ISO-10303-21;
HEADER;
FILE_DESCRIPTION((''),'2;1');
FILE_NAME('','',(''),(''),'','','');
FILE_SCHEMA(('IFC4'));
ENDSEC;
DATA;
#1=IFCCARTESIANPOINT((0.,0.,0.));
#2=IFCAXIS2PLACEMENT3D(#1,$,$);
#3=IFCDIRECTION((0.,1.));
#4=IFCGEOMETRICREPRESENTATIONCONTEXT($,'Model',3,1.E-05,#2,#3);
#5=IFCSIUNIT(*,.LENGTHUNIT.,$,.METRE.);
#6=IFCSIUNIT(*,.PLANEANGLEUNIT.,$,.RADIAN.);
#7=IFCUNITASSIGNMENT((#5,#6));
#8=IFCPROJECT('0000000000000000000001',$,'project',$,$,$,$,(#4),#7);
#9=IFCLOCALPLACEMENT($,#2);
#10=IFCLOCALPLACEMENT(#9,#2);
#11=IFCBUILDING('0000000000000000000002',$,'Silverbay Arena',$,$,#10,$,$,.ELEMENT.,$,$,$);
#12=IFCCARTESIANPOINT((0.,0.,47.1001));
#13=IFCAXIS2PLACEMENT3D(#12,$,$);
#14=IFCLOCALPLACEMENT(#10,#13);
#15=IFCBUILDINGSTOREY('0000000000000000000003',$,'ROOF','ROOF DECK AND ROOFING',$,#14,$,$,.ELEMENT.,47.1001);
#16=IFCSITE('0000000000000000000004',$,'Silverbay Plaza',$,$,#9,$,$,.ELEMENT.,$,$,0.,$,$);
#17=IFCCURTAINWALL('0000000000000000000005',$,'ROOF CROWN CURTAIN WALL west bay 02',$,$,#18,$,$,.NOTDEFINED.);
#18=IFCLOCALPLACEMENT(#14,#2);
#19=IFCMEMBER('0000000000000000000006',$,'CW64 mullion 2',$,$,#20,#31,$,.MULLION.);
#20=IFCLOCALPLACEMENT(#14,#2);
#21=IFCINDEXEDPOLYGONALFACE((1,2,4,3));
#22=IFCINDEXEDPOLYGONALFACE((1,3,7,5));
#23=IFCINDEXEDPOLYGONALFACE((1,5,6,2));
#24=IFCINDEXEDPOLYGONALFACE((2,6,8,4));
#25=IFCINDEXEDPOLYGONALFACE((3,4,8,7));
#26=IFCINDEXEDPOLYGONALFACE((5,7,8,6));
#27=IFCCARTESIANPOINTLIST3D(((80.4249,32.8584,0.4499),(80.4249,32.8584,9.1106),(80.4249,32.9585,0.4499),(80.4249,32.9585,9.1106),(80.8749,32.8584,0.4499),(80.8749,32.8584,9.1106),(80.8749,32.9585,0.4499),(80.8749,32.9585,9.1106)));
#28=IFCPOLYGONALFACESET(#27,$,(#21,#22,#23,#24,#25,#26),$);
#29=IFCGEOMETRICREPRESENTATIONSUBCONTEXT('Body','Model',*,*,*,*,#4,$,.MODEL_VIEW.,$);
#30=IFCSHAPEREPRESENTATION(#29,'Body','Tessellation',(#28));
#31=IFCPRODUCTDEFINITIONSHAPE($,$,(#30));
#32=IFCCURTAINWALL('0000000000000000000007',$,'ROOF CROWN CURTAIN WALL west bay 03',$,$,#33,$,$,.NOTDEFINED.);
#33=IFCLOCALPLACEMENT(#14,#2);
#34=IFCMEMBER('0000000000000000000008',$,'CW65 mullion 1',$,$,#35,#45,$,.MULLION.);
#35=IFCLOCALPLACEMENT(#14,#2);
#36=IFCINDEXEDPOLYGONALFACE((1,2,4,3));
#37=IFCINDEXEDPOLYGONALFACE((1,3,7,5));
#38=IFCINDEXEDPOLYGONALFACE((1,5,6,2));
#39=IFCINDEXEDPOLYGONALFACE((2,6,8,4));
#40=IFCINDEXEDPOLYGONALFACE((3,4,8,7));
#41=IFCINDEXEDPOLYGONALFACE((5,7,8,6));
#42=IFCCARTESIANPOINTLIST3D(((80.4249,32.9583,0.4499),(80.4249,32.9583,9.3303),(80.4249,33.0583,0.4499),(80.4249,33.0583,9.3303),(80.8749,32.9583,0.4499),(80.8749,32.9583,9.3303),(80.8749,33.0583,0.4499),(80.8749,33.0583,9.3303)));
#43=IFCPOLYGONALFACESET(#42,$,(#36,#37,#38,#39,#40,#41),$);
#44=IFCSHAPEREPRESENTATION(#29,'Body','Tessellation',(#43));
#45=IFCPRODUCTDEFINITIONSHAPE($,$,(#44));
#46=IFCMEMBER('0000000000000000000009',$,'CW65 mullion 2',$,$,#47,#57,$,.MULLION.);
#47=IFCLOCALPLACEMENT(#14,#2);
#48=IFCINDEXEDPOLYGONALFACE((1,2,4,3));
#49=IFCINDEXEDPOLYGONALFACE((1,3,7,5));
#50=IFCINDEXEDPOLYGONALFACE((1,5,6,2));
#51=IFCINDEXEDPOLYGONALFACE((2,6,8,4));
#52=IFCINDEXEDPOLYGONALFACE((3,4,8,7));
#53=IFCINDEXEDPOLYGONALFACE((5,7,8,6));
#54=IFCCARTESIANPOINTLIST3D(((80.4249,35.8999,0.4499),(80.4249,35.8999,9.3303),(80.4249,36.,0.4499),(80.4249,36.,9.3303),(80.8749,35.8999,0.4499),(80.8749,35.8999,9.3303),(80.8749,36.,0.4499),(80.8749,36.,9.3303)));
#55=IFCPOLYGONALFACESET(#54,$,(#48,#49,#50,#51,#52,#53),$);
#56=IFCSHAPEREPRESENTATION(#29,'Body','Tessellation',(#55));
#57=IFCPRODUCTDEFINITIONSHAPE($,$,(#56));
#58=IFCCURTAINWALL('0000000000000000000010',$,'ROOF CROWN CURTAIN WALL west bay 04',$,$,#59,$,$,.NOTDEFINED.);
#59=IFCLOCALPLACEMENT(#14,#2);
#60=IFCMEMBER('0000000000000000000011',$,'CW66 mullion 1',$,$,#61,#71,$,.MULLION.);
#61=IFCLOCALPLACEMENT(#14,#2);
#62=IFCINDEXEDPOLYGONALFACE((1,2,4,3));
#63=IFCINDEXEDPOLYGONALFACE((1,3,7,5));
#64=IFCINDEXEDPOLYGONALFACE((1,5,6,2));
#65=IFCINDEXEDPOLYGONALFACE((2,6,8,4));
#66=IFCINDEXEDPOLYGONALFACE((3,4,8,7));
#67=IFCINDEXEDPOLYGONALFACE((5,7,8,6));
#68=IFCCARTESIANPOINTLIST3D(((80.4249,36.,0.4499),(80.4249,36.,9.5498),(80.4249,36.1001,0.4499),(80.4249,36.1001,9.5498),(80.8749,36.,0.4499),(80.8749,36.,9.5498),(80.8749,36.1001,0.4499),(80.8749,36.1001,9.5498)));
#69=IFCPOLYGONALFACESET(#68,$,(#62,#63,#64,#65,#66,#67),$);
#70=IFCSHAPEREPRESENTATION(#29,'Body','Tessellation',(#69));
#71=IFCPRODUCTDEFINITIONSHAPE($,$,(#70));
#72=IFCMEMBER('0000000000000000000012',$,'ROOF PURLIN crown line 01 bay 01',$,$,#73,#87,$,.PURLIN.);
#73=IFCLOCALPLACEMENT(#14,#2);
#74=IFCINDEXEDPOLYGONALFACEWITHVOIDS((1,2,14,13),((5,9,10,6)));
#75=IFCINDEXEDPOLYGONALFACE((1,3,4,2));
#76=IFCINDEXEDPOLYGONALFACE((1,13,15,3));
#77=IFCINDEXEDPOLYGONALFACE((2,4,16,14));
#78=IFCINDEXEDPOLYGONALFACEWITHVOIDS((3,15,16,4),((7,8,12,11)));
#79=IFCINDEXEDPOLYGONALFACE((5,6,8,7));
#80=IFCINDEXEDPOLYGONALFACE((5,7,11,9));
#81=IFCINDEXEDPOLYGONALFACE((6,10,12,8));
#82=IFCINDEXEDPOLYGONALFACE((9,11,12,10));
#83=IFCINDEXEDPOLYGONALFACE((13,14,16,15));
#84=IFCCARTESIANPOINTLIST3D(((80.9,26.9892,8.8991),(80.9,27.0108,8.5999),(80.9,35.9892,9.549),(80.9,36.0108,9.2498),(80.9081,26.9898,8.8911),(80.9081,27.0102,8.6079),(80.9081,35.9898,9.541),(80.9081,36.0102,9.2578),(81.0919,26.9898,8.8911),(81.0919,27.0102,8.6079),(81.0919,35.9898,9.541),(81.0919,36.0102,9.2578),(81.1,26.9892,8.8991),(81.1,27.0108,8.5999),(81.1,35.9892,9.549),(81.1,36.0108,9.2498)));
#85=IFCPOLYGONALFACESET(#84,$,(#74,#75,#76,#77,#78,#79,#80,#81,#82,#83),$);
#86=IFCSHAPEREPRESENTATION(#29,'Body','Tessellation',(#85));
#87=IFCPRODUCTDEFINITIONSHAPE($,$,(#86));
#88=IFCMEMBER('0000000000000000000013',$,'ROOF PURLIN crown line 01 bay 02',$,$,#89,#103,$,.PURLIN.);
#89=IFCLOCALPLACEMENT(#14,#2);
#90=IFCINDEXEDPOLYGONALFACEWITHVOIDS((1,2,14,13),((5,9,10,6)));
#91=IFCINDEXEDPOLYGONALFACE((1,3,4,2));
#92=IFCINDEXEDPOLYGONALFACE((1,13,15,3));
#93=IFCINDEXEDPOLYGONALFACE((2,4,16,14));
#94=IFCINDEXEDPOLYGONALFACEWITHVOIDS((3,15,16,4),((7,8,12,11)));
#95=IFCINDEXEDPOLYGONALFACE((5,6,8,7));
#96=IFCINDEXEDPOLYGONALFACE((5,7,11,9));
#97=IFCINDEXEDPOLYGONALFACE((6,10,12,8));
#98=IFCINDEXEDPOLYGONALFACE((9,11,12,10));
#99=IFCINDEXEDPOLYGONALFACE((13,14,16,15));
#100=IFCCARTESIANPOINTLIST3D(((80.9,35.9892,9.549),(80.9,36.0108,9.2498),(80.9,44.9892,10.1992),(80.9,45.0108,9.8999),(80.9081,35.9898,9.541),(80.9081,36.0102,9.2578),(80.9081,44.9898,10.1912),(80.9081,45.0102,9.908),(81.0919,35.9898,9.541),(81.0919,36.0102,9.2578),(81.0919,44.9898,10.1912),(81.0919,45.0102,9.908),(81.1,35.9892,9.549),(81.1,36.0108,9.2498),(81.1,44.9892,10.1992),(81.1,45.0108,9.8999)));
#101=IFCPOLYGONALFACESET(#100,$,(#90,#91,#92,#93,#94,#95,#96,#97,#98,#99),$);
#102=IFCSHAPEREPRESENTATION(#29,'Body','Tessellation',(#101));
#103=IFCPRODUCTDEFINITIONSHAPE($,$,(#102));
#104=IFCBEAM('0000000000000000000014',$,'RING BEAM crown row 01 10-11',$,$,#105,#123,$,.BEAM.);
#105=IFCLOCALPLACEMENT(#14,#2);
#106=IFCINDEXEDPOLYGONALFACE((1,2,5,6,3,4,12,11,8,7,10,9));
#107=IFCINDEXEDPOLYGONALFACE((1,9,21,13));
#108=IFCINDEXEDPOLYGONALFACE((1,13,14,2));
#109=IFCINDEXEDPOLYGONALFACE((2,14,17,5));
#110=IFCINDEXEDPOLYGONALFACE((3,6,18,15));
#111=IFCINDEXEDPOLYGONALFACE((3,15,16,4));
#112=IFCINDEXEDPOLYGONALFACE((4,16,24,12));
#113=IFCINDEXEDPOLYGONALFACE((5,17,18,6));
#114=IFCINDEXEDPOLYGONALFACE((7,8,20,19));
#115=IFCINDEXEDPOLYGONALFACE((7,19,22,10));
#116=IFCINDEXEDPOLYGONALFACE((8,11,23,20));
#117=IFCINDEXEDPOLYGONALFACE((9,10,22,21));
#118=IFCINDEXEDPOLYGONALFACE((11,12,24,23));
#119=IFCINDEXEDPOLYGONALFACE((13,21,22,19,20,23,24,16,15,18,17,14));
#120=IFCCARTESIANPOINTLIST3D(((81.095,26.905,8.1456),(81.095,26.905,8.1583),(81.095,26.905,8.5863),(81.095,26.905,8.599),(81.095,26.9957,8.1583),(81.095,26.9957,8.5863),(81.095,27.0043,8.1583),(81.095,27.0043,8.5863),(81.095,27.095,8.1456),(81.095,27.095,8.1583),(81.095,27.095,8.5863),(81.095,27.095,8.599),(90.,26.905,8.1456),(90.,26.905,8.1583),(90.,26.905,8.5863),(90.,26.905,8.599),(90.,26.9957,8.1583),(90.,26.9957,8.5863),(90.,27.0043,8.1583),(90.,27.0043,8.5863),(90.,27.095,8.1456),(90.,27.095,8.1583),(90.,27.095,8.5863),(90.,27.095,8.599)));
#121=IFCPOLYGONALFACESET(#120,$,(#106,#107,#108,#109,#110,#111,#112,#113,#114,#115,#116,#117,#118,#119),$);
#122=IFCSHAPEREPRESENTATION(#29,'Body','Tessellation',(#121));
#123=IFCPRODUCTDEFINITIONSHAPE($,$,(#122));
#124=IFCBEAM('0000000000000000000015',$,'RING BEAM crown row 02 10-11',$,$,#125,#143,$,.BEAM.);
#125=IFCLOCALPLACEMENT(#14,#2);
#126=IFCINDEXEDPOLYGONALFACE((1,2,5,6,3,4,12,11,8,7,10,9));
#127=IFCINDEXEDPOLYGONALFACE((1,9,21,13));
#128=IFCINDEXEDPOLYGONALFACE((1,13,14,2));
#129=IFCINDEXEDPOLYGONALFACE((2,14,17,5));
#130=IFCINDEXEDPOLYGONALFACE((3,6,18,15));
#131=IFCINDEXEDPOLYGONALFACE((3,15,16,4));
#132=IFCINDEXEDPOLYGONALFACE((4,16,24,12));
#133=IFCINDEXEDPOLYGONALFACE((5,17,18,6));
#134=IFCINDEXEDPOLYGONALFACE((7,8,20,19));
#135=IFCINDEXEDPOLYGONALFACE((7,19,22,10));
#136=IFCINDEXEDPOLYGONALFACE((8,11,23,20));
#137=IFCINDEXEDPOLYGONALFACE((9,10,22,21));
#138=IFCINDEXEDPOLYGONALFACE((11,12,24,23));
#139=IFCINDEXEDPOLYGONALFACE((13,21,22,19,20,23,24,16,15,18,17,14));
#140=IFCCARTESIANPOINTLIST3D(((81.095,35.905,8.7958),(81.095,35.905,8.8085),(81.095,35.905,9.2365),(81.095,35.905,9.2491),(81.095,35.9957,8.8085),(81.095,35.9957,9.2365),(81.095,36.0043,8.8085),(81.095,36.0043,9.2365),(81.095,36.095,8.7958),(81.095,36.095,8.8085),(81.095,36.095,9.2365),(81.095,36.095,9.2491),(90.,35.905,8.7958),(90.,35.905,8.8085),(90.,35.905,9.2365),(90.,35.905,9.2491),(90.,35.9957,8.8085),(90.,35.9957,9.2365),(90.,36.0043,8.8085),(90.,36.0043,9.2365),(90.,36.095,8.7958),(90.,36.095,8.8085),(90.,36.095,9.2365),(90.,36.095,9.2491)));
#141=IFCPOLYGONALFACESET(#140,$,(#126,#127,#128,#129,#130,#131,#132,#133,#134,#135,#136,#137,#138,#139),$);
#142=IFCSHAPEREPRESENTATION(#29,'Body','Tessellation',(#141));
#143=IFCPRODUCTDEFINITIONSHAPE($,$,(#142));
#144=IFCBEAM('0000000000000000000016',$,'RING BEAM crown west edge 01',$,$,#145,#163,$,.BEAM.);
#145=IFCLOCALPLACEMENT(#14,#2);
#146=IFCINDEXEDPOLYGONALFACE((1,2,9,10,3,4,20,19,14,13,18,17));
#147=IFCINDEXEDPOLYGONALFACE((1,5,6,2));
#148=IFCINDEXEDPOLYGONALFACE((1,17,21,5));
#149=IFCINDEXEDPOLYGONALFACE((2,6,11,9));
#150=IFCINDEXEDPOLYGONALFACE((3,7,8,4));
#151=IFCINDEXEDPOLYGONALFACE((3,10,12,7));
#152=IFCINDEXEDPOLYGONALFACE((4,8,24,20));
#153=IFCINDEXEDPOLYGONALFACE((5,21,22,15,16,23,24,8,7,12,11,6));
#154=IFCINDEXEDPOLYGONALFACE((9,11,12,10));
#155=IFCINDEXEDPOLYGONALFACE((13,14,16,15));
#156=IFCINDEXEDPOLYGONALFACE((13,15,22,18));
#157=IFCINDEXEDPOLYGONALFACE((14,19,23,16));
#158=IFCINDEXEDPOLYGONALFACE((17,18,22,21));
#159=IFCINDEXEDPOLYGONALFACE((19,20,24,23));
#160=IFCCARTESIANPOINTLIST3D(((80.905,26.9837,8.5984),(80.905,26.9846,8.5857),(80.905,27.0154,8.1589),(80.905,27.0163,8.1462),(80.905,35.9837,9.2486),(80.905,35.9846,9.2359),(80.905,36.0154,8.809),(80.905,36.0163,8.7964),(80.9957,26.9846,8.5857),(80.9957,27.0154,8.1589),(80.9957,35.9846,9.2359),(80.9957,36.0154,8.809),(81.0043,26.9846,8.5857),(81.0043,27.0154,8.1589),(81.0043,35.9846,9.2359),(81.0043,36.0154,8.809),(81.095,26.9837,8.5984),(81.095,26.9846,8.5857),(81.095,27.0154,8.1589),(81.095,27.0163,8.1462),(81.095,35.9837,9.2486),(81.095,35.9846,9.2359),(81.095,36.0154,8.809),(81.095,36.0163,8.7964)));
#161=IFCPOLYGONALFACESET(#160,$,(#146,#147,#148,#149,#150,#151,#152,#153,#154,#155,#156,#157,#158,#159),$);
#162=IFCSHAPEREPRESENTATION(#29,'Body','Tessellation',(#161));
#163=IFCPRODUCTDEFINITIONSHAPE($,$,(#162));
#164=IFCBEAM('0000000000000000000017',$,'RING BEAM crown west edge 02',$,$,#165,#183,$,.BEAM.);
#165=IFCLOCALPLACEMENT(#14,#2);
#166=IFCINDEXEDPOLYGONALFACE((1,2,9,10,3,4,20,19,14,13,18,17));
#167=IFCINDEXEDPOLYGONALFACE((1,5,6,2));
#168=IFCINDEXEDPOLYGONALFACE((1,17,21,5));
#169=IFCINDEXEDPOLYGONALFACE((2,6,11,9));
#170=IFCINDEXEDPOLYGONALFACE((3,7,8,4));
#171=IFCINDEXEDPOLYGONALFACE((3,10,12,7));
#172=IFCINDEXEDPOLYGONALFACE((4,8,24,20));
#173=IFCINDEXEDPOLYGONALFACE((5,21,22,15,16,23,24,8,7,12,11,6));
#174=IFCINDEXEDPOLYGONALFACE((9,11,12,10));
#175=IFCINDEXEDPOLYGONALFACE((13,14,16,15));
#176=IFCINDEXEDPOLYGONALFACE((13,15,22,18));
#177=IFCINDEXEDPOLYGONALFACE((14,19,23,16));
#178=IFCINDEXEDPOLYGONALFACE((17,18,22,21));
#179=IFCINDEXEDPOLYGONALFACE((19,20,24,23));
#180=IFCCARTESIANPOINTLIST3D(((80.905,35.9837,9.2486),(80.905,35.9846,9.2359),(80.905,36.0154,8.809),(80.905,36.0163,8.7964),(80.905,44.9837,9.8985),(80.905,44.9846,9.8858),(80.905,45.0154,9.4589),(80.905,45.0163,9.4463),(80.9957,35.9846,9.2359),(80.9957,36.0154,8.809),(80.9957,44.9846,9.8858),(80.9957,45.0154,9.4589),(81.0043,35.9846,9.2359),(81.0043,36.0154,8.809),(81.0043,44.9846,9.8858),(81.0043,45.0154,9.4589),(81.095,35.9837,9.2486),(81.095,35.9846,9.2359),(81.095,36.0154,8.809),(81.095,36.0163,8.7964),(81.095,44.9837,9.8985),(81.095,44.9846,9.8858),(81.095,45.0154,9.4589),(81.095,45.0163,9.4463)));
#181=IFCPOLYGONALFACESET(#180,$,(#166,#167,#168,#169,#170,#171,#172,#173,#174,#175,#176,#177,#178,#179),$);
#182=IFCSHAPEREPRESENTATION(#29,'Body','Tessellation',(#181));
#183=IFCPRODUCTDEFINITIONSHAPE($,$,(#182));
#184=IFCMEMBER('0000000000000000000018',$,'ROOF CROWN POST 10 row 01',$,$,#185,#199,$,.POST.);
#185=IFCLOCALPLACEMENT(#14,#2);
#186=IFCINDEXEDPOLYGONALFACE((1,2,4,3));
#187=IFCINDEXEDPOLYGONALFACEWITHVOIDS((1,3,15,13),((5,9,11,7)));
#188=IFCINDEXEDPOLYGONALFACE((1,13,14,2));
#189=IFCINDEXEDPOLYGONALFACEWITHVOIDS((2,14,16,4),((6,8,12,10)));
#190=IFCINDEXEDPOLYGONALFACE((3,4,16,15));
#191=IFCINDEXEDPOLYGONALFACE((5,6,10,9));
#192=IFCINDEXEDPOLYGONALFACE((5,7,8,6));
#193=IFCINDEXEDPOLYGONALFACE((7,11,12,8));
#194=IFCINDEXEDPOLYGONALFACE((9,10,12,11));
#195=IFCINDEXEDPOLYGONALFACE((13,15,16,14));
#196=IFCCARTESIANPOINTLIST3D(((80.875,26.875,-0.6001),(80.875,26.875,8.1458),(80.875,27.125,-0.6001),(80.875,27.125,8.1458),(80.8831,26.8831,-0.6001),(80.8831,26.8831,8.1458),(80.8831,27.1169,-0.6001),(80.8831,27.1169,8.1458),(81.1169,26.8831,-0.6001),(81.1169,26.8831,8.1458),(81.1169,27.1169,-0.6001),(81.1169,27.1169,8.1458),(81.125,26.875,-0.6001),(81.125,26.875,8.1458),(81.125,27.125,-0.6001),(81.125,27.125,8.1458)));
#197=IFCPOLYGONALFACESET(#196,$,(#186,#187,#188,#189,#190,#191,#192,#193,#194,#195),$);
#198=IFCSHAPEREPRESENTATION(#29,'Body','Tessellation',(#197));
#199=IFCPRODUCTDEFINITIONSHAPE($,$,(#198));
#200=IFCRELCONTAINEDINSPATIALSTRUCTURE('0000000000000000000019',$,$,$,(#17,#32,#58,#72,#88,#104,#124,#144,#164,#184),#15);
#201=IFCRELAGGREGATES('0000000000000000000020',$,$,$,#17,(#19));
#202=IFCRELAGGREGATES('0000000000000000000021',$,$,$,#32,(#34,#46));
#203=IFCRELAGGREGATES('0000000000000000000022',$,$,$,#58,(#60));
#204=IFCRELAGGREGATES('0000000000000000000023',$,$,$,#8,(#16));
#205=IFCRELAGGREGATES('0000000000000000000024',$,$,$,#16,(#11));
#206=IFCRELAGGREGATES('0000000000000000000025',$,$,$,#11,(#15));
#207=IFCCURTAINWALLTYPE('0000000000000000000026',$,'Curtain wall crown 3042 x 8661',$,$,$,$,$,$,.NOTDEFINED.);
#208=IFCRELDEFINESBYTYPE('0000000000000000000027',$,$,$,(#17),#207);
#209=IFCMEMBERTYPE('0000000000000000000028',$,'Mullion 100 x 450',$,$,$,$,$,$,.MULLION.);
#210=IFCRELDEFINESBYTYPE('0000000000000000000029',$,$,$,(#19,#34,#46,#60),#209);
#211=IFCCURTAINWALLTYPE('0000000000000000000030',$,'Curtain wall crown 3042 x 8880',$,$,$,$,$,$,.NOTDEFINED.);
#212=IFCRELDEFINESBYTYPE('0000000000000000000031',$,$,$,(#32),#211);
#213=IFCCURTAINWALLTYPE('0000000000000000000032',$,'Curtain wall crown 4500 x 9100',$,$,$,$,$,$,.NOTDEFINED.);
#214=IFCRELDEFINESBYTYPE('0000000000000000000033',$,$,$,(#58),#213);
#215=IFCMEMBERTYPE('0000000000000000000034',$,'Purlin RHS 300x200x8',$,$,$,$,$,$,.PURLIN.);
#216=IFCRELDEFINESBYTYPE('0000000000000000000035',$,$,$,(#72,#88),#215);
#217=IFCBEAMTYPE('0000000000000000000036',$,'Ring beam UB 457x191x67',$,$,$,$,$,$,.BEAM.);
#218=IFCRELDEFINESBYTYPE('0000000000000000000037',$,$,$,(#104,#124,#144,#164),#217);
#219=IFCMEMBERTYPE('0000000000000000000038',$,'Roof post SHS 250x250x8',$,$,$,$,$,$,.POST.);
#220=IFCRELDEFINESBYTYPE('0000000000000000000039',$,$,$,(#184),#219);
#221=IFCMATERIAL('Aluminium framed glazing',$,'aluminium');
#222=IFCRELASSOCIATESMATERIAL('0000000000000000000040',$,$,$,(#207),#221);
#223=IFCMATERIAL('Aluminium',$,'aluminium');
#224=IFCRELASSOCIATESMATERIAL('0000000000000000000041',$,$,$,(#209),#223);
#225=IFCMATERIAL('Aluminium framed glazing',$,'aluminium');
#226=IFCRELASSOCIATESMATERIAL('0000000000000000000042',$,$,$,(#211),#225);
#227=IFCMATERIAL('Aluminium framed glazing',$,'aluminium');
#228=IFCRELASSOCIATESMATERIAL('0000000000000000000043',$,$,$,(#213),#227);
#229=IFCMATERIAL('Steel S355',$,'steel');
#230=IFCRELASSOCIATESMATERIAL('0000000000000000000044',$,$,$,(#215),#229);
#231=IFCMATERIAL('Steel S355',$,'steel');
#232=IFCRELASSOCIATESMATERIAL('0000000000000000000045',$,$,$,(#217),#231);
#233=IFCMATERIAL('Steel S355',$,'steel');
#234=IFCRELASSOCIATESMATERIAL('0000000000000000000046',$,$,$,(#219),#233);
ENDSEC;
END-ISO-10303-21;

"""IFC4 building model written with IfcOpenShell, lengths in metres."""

from ifc_helpers import new_model, si_unit, direction, frame, origin, origin_2d, place, context, subcontext, project, spatial, rectangle, hollow_rectangle, i_section, extrude, material, material_profile, profile_set, type_object, element, aggregate, save


model = new_model("IFC4")

# Units and contexts
model_context = context("Model", 3, precision=1e-05, world=origin(), true_north=direction((0.0, 1.0)))
body_context = subcontext(model_context, "Body", "Model", "MODEL_VIEW")
ifc_project = project(units=[si_unit("LENGTHUNIT", "METRE"), si_unit("PLANEANGLEUNIT", "RADIAN")], contexts=[model_context])

# Site, building, storey
site_placement = place(None, origin())
site = spatial("IfcSite", under=ifc_project, at=site_placement, Name="Silverbay Plaza", CompositionType="ELEMENT", RefElevation=0.0)
building_placement = place(site_placement, origin())
building = spatial("IfcBuilding", under=site, at=building_placement, Name="Silverbay Arena", CompositionType="ELEMENT")
storey_placement = place(building_placement, frame((0.0, 0.0, 47.1001)))
storey = spatial("IfcBuildingStorey", under=building, at=storey_placement, Name="ROOF", Description="ROOF DECK AND ROOFING", CompositionType="ELEMENT", Elevation=47.1001)

# Curtain wall, member
ifc_material_1 = material(Name="Aluminium framed glazing", Category="aluminium")
curtain_wall_type_1 = type_object("IfcCurtainWallType", Name="Curtain wall crown 3042 x 8661", PredefinedType="NOTDEFINED", material=ifc_material_1)
curtain_wall_1_placement = place(storey_placement, origin())
curtain_wall_1 = element("IfcCurtainWall", 1, at=curtain_wall_1_placement, inside=storey, type_object=curtain_wall_type_1, Name="ROOF CROWN CURTAIN WALL west bay 02", PredefinedType="NOTDEFINED")
ifc_material_2 = material(Name="Aluminium", Category="aluminium")
ifc_material_profile_1 = material_profile(ifc_material_2, rectangle(XDim=0.45, YDim=0.1001, at=origin_2d()), Name="Mullion 100 x 450")
ifc_profile_set_1 = profile_set([ifc_material_profile_1], Name="Aluminium")
member_type_1 = type_object("IfcMemberType", Name="Mullion 100 x 450", PredefinedType="MULLION", material=ifc_profile_set_1)
placement = place(building_placement, frame((0.0, 0.0, 33.5)))
member_1_placement = place(placement, frame((80.6499, 32.9084, 14.05), z_axis=(0.0, 0.0, 1.0), x_axis=(-1.0, 0.0, 0.0)))
member_1 = element("IfcMember", 2, at=member_1_placement, type_object=member_type_1, Name="CW64 mullion 2", PredefinedType="MULLION", context=body_context, shape_type="SweptSolid", body=[
    extrude(rectangle(XDim=0.45, YDim=0.1001, at=origin_2d()), origin(), (0.0, 0.0, 1.0), 8.6606),
])

# Curtain wall, members
ifc_material_3 = material(Name="Aluminium framed glazing", Category="aluminium")
curtain_wall_type_2 = type_object("IfcCurtainWallType", Name="Curtain wall crown 3042 x 8880", PredefinedType="NOTDEFINED", material=ifc_material_3)
curtain_wall_2_placement = place(storey_placement, origin())
curtain_wall_2 = element("IfcCurtainWall", 3, at=curtain_wall_2_placement, inside=storey, type_object=curtain_wall_type_2, Name="ROOF CROWN CURTAIN WALL west bay 03", PredefinedType="NOTDEFINED")
member_2_placement = place(placement, frame((80.6499, 33.0083, 14.05), z_axis=(0.0, 0.0, 1.0), x_axis=(-1.0, 0.0, 0.0)))
member_2 = element("IfcMember", 4, at=member_2_placement, type_object=member_type_1, Name="CW65 mullion 1", PredefinedType="MULLION", context=body_context, shape_type="SweptSolid", body=[
    extrude(rectangle(XDim=0.45, YDim=0.1001, at=origin_2d()), origin(), (0.0, 0.0, 1.0), 8.8804),
])
member_3_placement = place(placement, frame((80.6499, 35.95, 14.05), z_axis=(0.0, 0.0, 1.0), x_axis=(-1.0, 0.0, 0.0)))
member_3 = element("IfcMember", 5, at=member_3_placement, type_object=member_type_1, Name="CW65 mullion 2", PredefinedType="MULLION", context=body_context, shape_type="SweptSolid", body=[
    extrude(rectangle(XDim=0.45, YDim=0.1001, at=origin_2d()), origin(), (0.0, 0.0, 1.0), 8.8804),
])

# Curtain wall, member
ifc_material_4 = material(Name="Aluminium framed glazing", Category="aluminium")
curtain_wall_type_3 = type_object("IfcCurtainWallType", Name="Curtain wall crown 4500 x 9100", PredefinedType="NOTDEFINED", material=ifc_material_4)
curtain_wall_3_placement = place(storey_placement, origin())
curtain_wall_3 = element("IfcCurtainWall", 6, at=curtain_wall_3_placement, inside=storey, type_object=curtain_wall_type_3, Name="ROOF CROWN CURTAIN WALL west bay 04", PredefinedType="NOTDEFINED")
member_4_placement = place(placement, frame((80.6499, 36.05, 14.05), z_axis=(0.0, 0.0, 1.0), x_axis=(-1.0, 0.0, 0.0)))
member_4 = element("IfcMember", 7, at=member_4_placement, type_object=member_type_1, Name="CW66 mullion 1", PredefinedType="MULLION", context=body_context, shape_type="SweptSolid", body=[
    extrude(rectangle(XDim=0.45, YDim=0.1001, at=origin_2d()), origin(), (0.0, 0.0, 1.0), 9.0999),
])

# Members
ifc_material_5 = material(Name="Steel S355", Category="steel")
ifc_material_profile_2 = material_profile(ifc_material_5, hollow_rectangle(XDim=0.2, YDim=0.3, WallThickness=0.0081, at=origin_2d()), Name="RHS 300x200x8")
ifc_profile_set_2 = profile_set([ifc_material_profile_2], Name="Steel S355")
member_type_2 = type_object("IfcMemberType", Name="Purlin RHS 300x200x8", PredefinedType="PURLIN", material=ifc_profile_set_2)
for number, where, z_axis, x_axis, name in (
    (8, (81.0, 27.0, 8.7495), (0.0, 0.997403, 0.072024), (-1.0, 0.0, 0.0), "ROOF PURLIN crown line 01 bay 01"),
    (9, (81.0, 36.0, 9.3994), (0.0, 0.997401, 0.072051), (-1.0, 0.0, 0.0), "ROOF PURLIN crown line 01 bay 02"),
):
    element("IfcMember", number, at=place(storey_placement, frame(where, z_axis=z_axis, x_axis=x_axis)), inside=storey, type_object=member_type_2, Name=name, PredefinedType="PURLIN", context=body_context, shape_type="SweptSolid", body=[
        extrude(hollow_rectangle(XDim=0.2, YDim=0.3, WallThickness=0.0081, at=origin_2d()), origin(), (0.0, 0.0, 1.0), 9.0234),
    ])

# Beams
ifc_material_6 = material(Name="Steel S355", Category="steel")
ifc_material_profile_3 = material_profile(ifc_material_6, i_section(OverallWidth=0.1899, OverallDepth=0.4534, WebThickness=0.0085, FlangeThickness=0.0127, at=origin_2d()), Name="UB 457x191x67")
ifc_profile_set_3 = profile_set([ifc_material_profile_3], Name="Steel S355")
beam_type = type_object("IfcBeamType", Name="Ring beam UB 457x191x67", PredefinedType="BEAM", material=ifc_profile_set_3)
for number, where, z_axis, x_axis, name in (
    (10, (81.095, 27.0, 8.3723), (1.0, 0.0, 0.0), (0.0, 1.0, 0.0), "RING BEAM crown row 01 10-11"),
    (11, (81.095, 36.0, 9.0225), (1.0, 0.0, 0.0), (0.0, 1.0, 0.0), "RING BEAM crown row 02 10-11"),
):
    element("IfcBeam", number, at=place(storey_placement, frame(where, z_axis=z_axis, x_axis=x_axis)), inside=storey, type_object=beam_type, Name=name, PredefinedType="BEAM", context=body_context, shape_type="SweptSolid", body=[
        extrude(i_section(OverallWidth=0.1899, OverallDepth=0.4534, WebThickness=0.0085, FlangeThickness=0.0127, at=origin_2d()), origin(), (0.0, 0.0, 1.0), 8.905),
    ])
for number, where, z_axis, x_axis, name in (
    (12, (81.0, 27.0, 8.3723), (0.0, 0.997401, 0.072051), (-1.0, 0.0, 0.0), "RING BEAM crown west edge 01"),
    (13, (81.0, 36.0, 9.0225), (0.0, 0.997403, 0.072024), (-1.0, 0.0, 0.0), "RING BEAM crown west edge 02"),
):
    element("IfcBeam", number, at=place(storey_placement, frame(where, z_axis=z_axis, x_axis=x_axis)), inside=storey, type_object=beam_type, Name=name, PredefinedType="BEAM", context=body_context, shape_type="SweptSolid", body=[
        extrude(i_section(OverallWidth=0.1899, OverallDepth=0.4534, WebThickness=0.0085, FlangeThickness=0.0127, at=origin_2d()), origin(), (0.0, 0.0, 1.0), 9.0234),
    ])

# Member
ifc_material_7 = material(Name="Steel S355", Category="steel")
ifc_material_profile_4 = material_profile(ifc_material_7, hollow_rectangle(XDim=0.25, YDim=0.25, WallThickness=0.0081, at=origin_2d()), Name="SHS 250x250x8")
ifc_profile_set_4 = profile_set([ifc_material_profile_4], Name="Steel S355")
member_type_3 = type_object("IfcMemberType", Name="Roof post SHS 250x250x8", PredefinedType="POST", material=ifc_profile_set_4)
member_5_placement = place(storey_placement, frame((81.0, 27.0, -0.6001), z_axis=(0.0, 0.0, 1.0), x_axis=(1.0, 0.0, 0.0)))
element("IfcMember", 14, at=member_5_placement, inside=storey, type_object=member_type_3, Name="ROOF CROWN POST 10 row 01", PredefinedType="POST", context=body_context, shape_type="SweptSolid", body=[
    extrude(hollow_rectangle(XDim=0.25, YDim=0.25, WallThickness=0.0081, at=origin_2d()), origin(), (0.0, 0.0, 1.0), 8.7458),
])

aggregate(curtain_wall_1, [member_1])
aggregate(curtain_wall_2, [member_2, member_3])
aggregate(curtain_wall_3, [member_4])

save(model, "model.ifc")
